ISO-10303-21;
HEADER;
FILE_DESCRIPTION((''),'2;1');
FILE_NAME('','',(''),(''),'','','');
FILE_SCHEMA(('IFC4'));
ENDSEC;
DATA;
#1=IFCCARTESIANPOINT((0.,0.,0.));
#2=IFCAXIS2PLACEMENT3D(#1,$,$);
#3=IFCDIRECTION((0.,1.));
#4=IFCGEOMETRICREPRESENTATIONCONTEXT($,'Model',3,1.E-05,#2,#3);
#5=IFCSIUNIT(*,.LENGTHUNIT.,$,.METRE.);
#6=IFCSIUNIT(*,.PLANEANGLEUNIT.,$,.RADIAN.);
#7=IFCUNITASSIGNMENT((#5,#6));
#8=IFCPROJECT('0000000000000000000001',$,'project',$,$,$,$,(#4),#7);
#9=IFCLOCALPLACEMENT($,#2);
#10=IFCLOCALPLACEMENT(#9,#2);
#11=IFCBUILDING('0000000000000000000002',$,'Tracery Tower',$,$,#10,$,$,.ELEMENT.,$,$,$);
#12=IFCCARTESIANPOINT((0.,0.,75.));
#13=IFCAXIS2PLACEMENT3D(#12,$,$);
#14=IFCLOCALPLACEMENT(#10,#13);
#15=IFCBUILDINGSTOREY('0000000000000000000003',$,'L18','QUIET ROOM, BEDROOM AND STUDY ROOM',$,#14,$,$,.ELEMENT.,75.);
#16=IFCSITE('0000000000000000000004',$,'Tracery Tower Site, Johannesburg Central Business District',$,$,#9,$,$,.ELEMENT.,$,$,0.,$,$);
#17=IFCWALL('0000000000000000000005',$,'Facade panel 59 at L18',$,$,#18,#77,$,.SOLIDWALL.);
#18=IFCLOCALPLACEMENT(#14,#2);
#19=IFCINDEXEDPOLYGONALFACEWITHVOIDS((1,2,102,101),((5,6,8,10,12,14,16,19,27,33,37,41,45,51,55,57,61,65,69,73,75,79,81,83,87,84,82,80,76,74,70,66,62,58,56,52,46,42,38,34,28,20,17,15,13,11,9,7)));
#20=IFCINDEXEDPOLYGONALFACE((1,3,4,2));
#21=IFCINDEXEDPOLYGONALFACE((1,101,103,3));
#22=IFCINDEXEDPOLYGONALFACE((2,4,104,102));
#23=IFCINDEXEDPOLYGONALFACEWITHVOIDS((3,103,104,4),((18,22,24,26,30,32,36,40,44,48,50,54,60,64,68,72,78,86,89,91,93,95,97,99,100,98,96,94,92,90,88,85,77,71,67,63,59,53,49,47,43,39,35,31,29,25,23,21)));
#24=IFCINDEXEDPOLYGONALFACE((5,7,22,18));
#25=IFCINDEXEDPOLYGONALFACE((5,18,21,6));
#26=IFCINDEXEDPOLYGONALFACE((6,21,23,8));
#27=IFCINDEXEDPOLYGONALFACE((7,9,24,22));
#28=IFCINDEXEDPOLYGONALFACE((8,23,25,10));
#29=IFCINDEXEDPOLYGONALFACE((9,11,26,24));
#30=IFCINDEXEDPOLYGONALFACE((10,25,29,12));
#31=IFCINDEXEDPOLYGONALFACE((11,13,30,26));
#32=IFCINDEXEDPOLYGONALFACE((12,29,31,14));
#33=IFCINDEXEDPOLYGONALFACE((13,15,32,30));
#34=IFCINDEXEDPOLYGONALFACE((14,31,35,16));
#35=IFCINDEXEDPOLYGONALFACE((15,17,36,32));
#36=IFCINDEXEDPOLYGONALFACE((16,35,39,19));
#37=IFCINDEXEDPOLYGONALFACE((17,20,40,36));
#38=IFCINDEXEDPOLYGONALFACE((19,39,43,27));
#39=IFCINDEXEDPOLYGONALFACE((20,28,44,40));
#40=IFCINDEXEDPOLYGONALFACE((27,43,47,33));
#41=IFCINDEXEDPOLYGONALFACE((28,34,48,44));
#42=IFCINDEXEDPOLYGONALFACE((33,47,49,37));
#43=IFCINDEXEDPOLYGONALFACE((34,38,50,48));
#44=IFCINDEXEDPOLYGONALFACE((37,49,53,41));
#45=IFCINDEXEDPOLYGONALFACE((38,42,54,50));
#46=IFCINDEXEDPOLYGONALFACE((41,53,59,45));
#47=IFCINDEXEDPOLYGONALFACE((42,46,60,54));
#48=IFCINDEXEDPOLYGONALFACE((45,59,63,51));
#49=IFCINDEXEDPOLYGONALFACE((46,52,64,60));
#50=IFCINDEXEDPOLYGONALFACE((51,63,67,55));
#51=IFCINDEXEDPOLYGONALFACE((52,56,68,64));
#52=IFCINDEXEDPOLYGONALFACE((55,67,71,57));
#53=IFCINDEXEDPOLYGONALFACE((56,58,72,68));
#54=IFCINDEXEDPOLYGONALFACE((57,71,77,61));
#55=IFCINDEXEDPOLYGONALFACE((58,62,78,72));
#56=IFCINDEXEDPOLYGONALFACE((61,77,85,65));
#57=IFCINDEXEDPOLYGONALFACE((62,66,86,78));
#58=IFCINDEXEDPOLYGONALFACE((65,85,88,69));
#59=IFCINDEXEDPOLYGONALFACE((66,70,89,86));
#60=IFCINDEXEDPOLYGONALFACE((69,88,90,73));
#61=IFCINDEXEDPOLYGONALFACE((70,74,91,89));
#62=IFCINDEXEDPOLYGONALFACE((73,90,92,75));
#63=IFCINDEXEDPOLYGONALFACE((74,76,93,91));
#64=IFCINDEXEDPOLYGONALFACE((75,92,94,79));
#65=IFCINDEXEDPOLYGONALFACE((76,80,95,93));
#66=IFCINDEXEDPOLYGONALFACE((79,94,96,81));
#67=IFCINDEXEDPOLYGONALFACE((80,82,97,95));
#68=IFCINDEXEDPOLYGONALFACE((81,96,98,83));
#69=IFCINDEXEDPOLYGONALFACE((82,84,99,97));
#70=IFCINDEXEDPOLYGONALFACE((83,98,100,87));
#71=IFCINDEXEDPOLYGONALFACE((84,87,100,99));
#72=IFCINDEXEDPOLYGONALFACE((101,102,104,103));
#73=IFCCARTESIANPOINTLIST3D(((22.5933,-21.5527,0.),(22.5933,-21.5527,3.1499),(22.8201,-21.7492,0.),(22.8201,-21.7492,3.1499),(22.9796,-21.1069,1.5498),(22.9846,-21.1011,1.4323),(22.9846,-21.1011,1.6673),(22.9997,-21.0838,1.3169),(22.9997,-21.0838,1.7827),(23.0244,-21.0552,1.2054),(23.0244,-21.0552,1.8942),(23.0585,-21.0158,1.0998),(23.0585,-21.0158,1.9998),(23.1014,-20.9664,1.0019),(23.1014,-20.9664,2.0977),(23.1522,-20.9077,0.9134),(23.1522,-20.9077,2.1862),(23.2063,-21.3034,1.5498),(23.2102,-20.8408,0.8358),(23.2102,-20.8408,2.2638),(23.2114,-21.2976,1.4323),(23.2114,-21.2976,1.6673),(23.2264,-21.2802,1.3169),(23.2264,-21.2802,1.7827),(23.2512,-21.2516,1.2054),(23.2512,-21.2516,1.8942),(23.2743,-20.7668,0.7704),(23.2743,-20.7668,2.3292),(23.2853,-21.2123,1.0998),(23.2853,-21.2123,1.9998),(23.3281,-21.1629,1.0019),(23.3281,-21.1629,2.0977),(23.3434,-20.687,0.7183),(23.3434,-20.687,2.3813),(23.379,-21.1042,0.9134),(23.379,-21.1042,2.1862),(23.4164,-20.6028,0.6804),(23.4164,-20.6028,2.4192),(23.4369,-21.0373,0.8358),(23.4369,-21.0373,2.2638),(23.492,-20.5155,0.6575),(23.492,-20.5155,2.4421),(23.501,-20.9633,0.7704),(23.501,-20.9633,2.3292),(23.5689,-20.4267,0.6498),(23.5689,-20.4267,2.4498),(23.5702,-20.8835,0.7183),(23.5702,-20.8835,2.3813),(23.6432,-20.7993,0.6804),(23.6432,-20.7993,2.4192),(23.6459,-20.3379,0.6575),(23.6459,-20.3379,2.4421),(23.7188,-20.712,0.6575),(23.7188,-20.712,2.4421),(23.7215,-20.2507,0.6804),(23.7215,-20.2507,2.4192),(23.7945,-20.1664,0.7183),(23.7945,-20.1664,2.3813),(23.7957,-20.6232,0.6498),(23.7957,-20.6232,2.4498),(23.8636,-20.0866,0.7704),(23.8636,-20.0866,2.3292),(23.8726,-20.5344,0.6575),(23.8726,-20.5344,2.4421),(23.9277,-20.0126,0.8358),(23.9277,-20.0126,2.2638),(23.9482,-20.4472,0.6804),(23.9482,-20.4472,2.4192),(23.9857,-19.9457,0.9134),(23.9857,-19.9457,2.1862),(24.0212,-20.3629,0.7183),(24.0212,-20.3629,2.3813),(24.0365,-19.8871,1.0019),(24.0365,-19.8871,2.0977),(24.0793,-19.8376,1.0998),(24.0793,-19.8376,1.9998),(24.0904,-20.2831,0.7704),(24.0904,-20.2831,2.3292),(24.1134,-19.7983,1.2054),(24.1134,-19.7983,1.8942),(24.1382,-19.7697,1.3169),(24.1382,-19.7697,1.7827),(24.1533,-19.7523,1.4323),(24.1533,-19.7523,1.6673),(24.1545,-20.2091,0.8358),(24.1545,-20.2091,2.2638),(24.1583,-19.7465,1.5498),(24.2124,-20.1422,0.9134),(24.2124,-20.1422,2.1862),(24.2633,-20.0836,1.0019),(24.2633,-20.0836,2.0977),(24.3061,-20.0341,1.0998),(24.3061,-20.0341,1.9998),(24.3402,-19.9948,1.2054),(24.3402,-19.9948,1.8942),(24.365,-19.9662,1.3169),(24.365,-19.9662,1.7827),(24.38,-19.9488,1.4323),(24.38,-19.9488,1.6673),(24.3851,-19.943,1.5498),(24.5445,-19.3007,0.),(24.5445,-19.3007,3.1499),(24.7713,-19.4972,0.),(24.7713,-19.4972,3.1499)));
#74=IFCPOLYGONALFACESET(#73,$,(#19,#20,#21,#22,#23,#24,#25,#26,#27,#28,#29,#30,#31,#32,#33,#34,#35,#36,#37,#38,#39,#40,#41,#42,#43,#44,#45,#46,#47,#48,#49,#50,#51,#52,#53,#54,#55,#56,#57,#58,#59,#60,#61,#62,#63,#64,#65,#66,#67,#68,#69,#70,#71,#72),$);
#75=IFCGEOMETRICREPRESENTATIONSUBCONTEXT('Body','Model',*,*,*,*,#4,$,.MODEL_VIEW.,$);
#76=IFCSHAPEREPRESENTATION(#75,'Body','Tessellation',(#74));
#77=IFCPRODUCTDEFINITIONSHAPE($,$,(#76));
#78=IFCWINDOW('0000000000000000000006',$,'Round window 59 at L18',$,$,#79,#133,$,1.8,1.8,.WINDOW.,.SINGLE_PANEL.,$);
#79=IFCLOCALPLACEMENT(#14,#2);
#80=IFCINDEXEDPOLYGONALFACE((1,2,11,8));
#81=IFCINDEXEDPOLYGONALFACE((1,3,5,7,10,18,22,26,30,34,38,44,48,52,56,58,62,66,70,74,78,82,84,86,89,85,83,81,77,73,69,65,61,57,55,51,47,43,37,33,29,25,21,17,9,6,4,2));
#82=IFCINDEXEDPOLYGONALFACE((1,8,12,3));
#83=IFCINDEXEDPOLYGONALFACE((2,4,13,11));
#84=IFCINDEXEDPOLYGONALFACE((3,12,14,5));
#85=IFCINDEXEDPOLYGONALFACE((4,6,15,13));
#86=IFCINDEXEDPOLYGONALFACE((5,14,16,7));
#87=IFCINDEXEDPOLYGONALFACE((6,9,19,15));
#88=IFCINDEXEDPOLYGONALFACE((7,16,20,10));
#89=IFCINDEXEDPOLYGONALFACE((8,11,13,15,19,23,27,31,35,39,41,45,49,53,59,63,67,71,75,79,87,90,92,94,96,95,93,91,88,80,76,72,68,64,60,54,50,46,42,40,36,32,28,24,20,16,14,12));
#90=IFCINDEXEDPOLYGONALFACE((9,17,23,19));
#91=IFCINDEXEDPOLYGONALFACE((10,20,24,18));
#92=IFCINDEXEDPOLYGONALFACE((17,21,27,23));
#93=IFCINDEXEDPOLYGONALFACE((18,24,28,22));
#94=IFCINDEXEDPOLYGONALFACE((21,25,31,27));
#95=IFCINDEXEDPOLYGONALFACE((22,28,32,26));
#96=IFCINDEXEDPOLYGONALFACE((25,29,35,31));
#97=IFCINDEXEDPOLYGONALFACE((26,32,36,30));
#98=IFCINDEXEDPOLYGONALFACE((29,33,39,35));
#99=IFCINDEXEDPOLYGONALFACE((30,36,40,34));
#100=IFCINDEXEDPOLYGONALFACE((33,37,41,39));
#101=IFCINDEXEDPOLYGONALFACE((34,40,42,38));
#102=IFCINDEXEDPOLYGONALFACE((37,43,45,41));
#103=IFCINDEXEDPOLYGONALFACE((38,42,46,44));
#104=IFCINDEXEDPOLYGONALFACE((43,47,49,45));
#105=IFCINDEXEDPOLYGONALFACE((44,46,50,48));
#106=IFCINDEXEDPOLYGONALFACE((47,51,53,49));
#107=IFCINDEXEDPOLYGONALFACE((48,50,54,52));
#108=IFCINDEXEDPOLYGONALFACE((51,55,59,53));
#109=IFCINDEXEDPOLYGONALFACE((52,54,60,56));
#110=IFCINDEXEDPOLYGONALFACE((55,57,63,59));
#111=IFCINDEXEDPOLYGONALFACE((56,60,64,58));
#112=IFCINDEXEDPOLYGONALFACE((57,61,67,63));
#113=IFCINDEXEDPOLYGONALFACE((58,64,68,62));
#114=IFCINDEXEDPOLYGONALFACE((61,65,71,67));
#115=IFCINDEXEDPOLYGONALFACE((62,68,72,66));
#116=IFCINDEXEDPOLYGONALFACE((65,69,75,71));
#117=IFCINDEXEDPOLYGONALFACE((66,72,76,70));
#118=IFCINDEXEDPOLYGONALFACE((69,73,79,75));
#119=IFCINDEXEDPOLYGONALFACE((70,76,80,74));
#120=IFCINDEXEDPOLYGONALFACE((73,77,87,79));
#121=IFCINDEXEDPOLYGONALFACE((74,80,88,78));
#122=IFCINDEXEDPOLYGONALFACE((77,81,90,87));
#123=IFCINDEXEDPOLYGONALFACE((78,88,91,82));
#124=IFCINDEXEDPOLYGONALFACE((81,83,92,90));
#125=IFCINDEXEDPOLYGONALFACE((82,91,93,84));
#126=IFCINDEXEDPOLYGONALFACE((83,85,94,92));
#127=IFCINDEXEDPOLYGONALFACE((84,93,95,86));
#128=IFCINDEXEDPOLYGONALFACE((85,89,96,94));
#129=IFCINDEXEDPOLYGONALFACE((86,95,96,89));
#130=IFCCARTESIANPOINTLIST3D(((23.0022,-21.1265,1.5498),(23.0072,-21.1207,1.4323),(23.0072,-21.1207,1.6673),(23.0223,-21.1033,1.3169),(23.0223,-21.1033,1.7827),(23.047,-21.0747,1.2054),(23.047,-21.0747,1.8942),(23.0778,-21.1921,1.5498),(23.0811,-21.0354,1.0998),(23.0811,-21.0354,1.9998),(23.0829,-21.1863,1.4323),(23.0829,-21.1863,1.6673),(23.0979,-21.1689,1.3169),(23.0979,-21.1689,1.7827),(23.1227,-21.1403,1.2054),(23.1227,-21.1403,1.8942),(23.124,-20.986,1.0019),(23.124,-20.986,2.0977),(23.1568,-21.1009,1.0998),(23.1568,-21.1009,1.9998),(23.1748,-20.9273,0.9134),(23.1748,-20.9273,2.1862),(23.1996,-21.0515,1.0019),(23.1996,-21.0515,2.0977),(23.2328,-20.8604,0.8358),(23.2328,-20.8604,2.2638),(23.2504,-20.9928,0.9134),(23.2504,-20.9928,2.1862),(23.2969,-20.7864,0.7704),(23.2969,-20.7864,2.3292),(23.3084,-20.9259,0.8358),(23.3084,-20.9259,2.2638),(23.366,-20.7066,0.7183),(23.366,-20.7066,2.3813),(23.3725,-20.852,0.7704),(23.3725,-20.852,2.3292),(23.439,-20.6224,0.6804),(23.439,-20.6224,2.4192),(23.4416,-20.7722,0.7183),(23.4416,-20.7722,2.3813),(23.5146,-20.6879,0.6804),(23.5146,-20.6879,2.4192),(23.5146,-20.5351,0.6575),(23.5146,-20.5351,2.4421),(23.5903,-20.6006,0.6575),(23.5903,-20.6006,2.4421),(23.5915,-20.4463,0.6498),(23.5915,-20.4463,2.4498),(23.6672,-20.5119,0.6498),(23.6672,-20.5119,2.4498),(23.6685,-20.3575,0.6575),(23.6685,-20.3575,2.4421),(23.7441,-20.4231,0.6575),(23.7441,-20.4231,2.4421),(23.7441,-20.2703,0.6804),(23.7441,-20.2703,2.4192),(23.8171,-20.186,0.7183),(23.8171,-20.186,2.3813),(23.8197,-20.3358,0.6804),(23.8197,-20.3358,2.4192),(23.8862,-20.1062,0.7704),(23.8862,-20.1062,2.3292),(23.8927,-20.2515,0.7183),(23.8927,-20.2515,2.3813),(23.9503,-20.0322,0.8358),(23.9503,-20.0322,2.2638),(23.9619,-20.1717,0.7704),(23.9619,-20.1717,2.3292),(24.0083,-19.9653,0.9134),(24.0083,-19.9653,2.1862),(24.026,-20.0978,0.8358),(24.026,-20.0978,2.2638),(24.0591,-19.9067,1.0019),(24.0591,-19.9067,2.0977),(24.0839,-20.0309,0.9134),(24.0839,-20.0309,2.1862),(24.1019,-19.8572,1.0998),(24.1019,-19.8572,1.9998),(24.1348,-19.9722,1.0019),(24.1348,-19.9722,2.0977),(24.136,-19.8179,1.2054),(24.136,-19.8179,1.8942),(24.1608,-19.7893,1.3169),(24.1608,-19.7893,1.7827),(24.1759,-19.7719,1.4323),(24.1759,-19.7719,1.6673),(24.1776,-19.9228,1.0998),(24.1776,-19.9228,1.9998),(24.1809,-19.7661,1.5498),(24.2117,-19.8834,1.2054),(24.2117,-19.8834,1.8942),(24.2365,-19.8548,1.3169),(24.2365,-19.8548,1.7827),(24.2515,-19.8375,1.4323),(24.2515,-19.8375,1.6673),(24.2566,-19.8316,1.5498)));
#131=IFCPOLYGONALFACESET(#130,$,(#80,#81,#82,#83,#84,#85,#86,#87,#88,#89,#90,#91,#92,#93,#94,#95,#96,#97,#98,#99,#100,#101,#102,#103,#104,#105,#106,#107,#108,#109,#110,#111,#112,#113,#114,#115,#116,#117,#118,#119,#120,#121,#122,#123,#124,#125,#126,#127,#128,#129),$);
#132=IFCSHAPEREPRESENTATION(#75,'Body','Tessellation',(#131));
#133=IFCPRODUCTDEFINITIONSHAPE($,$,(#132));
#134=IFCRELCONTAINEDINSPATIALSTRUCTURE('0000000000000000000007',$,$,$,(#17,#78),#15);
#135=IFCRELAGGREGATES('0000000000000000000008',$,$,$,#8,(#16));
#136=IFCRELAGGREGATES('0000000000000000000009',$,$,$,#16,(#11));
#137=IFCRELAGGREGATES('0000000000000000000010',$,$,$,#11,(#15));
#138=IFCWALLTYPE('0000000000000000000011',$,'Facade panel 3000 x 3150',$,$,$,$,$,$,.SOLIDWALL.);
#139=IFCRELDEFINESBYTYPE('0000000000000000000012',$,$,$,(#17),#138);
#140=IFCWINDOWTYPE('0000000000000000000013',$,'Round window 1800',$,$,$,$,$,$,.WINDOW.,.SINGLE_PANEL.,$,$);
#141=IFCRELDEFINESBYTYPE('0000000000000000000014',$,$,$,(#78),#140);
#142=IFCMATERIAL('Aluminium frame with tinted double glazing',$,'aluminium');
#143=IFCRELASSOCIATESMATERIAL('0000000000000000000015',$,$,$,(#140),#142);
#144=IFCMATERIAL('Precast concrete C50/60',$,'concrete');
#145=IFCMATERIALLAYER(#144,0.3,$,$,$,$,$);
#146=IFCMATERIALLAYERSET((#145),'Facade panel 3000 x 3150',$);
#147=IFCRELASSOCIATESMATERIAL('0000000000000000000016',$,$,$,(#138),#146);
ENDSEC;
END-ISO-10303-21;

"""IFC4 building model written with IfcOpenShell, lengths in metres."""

from ifc_helpers import new_model, si_unit, direction, frame, frame_2d, origin, origin_2d, place, context, subcontext, project, spatial, rectangle, circle, extrude, material, layer, layer_set, type_object, element, fill, save


model = new_model("IFC4")

# Units and contexts
model_context = context("Model", 3, precision=1e-05, world=origin(), true_north=direction((0.0, 1.0)))
body_context = subcontext(model_context, "Body", "Model", "MODEL_VIEW")
ifc_project = project(units=[si_unit("LENGTHUNIT", "METRE"), si_unit("PLANEANGLEUNIT", "RADIAN")], contexts=[model_context])

# Site, building, storey
site_placement = place(None, origin())
site = spatial("IfcSite", under=ifc_project, at=site_placement, Name="Tracery Tower Site, Johannesburg Central Business District", CompositionType="ELEMENT", RefElevation=0.0)
building_placement = place(site_placement, origin())
building = spatial("IfcBuilding", under=site, at=building_placement, Name="Tracery Tower", CompositionType="ELEMENT")
storey_placement = place(building_placement, frame((0.0, 0.0, 75.0)))
storey = spatial("IfcBuildingStorey", under=building, at=storey_placement, Name="L18", Description="QUIET ROOM, BEDROOM AND STUDY ROOM", CompositionType="ELEMENT", Elevation=75.0)

# Wall, opening, window
ifc_material_1 = material(Name="Aluminium frame with tinted double glazing", Category="aluminium")
window_type = type_object("IfcWindowType", Name="Round window 1800", PartitioningType="SINGLE_PANEL", PredefinedType="WINDOW", material=ifc_material_1)
ifc_material_2 = material(Name="Precast concrete C50/60", Category="concrete")
ifc_layer_1 = layer(ifc_material_2, 0.3)
ifc_layer_set_1 = layer_set([ifc_layer_1], Name="Facade panel 3000 x 3150")
wall_type_1 = type_object("IfcWallType", Name="Facade panel 3000 x 3150", PredefinedType="SOLIDWALL", material=ifc_layer_set_1)
wall_1_placement = place(storey_placement, frame((22.7068, -21.6509, 0.0), z_axis=(0.0, 0.0, 1.0), x_axis=(0.654831, 0.755776, 0.0)))
wall_1 = element("IfcWall", 1, at=wall_1_placement, inside=storey, type_object=wall_type_1, Name="Facade panel 59 at L18", PredefinedType="SOLIDWALL", context=body_context, shape_type="SweptSolid", body=[
    extrude(rectangle(XDim=2.9797, YDim=0.3, at=frame_2d((1.4897, 0.0))), origin(), (0.0, 0.0, 1.0), 3.1499),
])
opening_1_placement = place(wall_1_placement, frame((1.4897, 0.0, 1.5498)))
opening_1 = element("IfcOpeningElement", 2, at=opening_1_placement, cuts=wall_1, PredefinedType="OPENING", context=body_context, shape_type="SweptSolid", body=[
    extrude(circle(Radius=0.9, at=origin_2d()), frame((0.0, 0.1599, 0.0), z_axis=(0.0, -1.0, 0.0), x_axis=(1.0, 0.0, 0.0)), (0.0, 0.0, 1.0), 0.3201),
])
window_1_placement = place(opening_1_placement, origin())
window_1 = element("IfcWindow", 3, at=window_1_placement, inside=storey, type_object=window_type, Name="Round window 59 at L18", OverallHeight=1.8, OverallWidth=1.8, PartitioningType="SINGLE_PANEL", PredefinedType="WINDOW", context=body_context, shape_type="SweptSolid", body=[
    extrude(circle(Radius=0.9, at=origin_2d()), frame((0.0, 0.1201, 0.0), z_axis=(0.0, -1.0, 0.0), x_axis=(1.0, 0.0, 0.0)), (0.0, 0.0, 1.0), 0.1001),
])
fill(opening_1, window_1)

save(model, "model.ifc")
